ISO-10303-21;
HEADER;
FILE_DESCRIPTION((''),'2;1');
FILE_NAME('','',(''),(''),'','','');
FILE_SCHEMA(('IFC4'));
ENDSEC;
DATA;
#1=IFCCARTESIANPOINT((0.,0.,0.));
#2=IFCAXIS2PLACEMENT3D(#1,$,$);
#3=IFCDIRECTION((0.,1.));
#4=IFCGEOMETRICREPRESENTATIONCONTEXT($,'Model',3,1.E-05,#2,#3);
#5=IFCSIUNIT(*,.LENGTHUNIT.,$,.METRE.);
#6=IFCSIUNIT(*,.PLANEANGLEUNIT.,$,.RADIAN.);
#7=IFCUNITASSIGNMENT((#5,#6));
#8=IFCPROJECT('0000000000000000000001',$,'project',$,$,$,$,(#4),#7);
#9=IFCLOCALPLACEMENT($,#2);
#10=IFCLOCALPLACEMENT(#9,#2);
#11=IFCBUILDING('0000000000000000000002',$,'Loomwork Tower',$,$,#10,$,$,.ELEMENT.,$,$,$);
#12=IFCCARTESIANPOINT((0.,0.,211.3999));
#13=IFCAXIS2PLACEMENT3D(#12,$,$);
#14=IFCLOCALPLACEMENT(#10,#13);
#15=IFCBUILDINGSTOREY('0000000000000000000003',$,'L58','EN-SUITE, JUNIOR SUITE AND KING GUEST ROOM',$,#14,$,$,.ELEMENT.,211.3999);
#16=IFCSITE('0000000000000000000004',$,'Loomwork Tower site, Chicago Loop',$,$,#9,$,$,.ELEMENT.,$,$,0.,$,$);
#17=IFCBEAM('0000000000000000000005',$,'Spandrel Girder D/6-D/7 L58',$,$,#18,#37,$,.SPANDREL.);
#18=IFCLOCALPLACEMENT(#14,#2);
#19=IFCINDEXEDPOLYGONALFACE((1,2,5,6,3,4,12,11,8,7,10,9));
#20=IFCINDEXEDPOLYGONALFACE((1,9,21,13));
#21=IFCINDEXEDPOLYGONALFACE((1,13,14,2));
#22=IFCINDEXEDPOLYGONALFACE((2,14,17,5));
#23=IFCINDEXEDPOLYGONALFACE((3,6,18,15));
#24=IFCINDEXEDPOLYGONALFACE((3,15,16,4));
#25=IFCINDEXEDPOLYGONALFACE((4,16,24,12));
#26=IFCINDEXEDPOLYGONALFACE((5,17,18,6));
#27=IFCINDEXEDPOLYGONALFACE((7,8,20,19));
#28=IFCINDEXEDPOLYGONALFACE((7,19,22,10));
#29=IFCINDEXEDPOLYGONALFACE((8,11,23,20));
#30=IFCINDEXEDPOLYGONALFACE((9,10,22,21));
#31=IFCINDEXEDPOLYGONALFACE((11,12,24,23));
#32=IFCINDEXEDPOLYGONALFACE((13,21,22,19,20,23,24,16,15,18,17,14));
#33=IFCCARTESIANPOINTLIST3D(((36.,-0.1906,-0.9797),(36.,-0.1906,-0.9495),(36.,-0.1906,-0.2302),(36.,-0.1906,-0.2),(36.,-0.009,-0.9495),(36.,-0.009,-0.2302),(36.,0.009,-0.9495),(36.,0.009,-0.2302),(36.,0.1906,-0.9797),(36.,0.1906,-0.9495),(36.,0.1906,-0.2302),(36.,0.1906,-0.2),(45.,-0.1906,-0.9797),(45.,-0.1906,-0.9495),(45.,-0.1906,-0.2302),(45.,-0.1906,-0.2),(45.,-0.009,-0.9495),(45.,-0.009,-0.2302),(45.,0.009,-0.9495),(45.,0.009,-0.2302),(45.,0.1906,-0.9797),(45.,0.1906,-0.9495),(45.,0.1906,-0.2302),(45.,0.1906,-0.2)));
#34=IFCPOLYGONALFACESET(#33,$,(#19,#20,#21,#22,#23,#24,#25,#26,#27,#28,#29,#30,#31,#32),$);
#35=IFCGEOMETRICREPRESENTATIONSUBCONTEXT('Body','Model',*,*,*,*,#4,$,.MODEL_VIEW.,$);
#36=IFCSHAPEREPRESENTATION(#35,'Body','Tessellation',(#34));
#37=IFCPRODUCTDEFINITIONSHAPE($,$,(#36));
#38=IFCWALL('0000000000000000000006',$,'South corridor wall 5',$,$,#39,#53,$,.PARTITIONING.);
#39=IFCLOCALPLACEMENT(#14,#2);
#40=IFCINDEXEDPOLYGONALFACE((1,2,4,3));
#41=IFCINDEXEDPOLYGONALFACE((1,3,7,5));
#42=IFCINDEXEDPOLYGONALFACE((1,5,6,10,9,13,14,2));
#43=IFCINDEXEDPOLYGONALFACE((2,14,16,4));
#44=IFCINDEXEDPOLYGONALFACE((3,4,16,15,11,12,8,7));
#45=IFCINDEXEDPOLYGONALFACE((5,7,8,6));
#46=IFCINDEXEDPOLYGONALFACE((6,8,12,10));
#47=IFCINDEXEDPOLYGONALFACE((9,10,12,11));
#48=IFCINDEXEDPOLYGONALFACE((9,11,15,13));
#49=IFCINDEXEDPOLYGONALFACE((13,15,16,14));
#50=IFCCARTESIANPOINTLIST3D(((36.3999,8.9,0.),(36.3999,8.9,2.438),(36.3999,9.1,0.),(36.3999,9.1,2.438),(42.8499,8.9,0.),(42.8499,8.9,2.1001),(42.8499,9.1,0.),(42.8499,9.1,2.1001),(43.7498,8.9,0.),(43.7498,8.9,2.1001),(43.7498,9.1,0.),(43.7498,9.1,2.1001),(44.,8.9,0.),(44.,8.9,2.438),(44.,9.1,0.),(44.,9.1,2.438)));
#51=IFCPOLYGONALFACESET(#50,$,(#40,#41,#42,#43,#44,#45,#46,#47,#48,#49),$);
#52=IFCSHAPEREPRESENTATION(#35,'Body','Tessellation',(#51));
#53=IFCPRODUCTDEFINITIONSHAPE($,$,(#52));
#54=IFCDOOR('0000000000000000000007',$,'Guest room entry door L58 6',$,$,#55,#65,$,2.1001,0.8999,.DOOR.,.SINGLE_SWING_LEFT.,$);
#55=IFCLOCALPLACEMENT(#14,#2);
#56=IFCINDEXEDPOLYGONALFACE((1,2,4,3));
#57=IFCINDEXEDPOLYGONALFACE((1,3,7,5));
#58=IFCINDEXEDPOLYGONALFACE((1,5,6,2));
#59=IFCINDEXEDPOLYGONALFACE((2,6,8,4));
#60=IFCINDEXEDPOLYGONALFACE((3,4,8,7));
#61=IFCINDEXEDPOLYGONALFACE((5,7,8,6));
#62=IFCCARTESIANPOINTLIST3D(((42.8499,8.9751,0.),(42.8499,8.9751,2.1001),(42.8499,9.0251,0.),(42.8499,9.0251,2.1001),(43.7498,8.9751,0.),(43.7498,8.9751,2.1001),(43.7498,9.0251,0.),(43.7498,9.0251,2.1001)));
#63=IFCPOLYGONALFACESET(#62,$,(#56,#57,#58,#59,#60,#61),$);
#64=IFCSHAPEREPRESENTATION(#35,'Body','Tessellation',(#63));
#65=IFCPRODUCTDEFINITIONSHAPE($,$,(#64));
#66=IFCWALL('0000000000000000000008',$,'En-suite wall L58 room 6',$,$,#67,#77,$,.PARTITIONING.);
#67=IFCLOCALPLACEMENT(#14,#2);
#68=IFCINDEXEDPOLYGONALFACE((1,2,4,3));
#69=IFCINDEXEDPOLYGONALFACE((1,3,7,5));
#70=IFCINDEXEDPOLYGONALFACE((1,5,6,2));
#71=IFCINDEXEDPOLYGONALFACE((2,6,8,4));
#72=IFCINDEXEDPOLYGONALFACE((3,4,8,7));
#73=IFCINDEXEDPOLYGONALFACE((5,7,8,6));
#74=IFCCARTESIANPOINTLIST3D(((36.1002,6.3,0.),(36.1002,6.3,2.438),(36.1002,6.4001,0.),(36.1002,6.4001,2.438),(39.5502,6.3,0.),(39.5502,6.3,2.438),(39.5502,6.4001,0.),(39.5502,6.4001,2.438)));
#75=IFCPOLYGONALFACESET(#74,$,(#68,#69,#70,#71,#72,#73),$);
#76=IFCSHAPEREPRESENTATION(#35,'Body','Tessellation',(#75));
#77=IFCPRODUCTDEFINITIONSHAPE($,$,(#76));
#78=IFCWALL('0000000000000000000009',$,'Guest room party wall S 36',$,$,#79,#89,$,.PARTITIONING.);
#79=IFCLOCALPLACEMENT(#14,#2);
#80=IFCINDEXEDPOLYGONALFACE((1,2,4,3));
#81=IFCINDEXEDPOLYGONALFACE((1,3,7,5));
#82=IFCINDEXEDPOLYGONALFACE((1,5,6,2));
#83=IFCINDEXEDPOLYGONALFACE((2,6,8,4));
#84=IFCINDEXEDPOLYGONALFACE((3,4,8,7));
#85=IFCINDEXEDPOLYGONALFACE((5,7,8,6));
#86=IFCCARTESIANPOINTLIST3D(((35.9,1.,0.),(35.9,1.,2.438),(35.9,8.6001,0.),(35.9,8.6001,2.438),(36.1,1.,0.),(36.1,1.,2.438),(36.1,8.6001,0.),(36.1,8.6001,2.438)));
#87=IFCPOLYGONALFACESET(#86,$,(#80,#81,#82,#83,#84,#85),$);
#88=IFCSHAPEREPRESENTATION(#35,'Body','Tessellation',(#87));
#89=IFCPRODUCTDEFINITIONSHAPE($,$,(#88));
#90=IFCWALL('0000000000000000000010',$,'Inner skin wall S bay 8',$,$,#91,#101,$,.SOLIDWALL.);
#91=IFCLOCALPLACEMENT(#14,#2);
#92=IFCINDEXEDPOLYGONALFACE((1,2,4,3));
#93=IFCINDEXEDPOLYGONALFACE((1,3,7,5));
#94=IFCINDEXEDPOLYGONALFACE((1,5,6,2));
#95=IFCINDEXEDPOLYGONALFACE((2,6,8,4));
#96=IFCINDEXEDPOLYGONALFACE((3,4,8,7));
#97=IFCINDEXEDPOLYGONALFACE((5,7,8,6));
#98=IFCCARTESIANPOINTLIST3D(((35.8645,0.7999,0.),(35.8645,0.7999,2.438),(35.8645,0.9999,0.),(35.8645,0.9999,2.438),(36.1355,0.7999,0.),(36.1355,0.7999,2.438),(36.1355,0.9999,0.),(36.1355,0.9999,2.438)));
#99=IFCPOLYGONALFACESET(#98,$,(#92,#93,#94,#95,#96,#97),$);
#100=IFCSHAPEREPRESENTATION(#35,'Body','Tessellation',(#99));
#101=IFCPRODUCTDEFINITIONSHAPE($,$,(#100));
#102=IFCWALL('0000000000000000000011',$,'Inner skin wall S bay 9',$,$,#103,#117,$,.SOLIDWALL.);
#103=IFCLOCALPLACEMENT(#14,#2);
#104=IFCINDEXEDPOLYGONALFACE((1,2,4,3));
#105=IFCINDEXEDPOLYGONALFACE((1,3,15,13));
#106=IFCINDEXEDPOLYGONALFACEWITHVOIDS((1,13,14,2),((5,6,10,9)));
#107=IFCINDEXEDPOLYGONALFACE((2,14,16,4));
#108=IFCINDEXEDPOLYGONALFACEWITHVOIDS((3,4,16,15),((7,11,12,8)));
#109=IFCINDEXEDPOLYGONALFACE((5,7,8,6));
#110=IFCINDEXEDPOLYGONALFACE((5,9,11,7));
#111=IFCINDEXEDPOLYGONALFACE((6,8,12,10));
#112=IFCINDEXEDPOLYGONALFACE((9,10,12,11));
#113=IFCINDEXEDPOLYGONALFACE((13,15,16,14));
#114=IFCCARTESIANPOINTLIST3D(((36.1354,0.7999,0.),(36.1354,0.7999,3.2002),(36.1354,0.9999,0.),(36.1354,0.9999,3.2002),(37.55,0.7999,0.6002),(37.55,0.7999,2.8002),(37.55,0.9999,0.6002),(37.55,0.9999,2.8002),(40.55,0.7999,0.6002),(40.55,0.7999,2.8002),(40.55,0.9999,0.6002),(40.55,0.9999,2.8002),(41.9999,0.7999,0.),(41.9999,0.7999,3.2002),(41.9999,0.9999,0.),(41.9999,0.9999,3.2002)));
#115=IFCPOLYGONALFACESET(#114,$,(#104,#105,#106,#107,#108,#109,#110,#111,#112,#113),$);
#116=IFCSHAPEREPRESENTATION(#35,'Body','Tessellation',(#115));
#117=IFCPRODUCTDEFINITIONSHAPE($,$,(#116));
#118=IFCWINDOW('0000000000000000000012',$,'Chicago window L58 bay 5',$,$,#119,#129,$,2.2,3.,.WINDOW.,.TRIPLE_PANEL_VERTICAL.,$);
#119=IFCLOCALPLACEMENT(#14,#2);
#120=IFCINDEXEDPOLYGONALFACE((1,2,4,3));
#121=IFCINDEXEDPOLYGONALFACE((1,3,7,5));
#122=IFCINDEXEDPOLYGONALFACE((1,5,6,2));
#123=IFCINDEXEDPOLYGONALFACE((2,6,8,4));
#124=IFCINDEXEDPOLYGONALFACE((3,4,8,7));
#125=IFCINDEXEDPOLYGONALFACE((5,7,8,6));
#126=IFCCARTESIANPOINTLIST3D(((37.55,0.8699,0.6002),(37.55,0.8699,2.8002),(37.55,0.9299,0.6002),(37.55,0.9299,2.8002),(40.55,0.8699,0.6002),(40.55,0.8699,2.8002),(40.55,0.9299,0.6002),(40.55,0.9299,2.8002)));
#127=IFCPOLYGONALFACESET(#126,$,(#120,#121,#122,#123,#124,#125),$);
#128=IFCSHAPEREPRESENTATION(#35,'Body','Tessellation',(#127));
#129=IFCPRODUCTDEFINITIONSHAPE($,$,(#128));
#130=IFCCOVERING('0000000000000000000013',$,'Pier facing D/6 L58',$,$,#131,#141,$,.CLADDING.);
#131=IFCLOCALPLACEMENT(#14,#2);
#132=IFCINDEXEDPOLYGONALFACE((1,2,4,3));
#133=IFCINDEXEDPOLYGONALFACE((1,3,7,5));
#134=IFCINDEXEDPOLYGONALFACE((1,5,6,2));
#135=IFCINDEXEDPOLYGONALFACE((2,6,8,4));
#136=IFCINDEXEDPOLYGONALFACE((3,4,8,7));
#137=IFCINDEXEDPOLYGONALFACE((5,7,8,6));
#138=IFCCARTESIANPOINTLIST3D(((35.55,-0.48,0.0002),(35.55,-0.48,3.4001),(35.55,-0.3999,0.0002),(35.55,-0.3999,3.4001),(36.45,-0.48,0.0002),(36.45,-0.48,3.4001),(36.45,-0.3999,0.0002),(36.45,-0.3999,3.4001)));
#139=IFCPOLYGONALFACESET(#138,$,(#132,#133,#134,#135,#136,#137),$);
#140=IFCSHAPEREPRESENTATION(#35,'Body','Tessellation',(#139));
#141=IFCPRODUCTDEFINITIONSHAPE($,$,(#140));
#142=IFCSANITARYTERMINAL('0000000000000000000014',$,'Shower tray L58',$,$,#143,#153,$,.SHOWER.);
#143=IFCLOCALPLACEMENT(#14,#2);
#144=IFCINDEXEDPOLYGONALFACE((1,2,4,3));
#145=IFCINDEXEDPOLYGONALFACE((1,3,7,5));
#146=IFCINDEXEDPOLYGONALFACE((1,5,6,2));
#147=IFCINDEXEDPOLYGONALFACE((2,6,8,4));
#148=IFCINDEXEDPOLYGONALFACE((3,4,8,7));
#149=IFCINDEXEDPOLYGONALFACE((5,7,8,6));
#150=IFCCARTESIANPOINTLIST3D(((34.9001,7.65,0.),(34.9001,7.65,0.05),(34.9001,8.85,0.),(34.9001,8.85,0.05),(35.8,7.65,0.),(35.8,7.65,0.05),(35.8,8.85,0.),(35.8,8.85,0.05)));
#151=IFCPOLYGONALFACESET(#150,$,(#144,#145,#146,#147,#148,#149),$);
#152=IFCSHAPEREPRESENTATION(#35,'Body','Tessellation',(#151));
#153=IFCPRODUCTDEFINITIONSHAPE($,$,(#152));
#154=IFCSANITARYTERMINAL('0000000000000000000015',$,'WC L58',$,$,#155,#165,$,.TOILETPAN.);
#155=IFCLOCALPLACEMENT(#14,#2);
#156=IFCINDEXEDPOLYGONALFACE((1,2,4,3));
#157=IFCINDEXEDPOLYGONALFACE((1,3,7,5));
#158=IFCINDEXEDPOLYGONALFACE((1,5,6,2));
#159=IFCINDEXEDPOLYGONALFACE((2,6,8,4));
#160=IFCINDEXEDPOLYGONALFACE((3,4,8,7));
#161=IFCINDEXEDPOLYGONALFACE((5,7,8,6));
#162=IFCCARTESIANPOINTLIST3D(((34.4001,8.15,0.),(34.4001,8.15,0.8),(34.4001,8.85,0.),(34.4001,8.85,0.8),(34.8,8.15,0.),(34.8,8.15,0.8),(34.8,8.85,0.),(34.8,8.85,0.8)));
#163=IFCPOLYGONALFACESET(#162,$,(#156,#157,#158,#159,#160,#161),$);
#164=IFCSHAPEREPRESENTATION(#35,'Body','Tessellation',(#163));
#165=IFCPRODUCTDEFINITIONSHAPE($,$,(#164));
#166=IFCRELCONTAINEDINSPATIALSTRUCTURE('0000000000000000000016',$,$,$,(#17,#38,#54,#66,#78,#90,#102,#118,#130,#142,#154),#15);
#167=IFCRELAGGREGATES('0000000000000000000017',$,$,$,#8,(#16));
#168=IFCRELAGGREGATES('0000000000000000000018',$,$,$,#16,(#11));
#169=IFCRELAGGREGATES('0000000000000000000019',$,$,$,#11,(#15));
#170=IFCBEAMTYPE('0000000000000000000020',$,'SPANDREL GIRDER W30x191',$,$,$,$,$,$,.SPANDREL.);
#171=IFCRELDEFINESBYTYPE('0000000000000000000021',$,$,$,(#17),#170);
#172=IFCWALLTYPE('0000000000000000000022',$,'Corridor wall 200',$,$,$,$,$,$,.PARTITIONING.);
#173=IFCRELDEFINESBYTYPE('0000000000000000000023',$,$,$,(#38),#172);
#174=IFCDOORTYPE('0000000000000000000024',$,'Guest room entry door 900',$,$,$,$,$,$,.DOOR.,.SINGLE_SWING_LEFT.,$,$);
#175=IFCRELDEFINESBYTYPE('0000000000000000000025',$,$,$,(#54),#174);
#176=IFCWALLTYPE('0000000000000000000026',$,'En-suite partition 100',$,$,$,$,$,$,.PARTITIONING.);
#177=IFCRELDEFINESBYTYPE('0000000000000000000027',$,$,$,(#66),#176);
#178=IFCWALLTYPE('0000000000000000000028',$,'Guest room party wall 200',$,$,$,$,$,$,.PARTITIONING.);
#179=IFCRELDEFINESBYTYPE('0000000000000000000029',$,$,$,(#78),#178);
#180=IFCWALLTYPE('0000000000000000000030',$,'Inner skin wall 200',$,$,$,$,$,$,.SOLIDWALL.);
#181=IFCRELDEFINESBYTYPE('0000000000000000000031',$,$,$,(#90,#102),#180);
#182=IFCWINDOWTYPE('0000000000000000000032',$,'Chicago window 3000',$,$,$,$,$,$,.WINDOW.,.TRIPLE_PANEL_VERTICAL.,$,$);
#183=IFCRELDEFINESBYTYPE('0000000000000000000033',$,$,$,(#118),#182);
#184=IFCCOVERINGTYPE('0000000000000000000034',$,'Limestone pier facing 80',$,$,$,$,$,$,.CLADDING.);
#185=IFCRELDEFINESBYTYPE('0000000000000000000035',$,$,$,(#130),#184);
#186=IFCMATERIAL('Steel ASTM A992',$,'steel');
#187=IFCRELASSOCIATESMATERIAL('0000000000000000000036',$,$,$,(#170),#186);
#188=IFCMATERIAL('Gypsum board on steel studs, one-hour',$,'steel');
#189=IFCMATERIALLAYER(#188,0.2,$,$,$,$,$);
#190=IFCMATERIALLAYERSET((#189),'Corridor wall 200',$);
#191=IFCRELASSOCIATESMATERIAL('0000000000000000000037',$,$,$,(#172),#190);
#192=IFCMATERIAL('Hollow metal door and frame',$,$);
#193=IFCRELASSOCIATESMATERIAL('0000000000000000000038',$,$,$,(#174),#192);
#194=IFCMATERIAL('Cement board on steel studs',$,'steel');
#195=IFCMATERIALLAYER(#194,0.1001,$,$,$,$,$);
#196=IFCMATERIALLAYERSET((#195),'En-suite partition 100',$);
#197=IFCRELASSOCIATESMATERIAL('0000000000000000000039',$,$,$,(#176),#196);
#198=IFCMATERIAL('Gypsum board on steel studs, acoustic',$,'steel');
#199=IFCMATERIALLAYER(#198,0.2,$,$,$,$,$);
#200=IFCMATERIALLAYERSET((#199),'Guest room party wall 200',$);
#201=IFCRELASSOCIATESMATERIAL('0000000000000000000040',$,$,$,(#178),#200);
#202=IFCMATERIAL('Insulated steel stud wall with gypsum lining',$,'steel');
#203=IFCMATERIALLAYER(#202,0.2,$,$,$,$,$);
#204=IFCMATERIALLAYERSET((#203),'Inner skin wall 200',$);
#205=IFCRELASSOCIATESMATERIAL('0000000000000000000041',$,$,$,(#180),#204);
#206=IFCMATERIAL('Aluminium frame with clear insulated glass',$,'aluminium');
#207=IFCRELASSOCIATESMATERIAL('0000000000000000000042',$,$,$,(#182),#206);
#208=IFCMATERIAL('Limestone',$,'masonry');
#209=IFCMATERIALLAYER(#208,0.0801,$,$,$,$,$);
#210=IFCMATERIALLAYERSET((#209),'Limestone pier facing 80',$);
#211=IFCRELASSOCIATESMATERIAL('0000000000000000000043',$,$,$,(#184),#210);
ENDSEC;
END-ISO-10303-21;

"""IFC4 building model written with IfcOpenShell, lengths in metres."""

from ifc_helpers import new_model, si_unit, direction, frame, frame_2d, origin, origin_2d, place, context, subcontext, project, spatial, rectangle, i_section, extrude, material, layer, layer_set, material_profile, profile_set, type_object, element, fill, save


model = new_model("IFC4")

# Units and contexts
model_context = context("Model", 3, precision=1e-05, world=origin(), true_north=direction((0.0, 1.0)))
body_context = subcontext(model_context, "Body", "Model", "MODEL_VIEW")
ifc_project = project(units=[si_unit("LENGTHUNIT", "METRE"), si_unit("PLANEANGLEUNIT", "RADIAN")], contexts=[model_context])

# Site, building, storey
site_placement = place(None, origin())
site = spatial("IfcSite", under=ifc_project, at=site_placement, Name="Loomwork Tower site, Chicago Loop", CompositionType="ELEMENT", RefElevation=0.0)
building_placement = place(site_placement, origin())
building = spatial("IfcBuilding", under=site, at=building_placement, Name="Loomwork Tower", CompositionType="ELEMENT")
storey_placement = place(building_placement, frame((0.0, 0.0, 211.3999)))
storey = spatial("IfcBuildingStorey", under=building, at=storey_placement, Name="L58", Description="EN-SUITE, JUNIOR SUITE AND KING GUEST ROOM", CompositionType="ELEMENT", Elevation=211.3999)

# Beam
ifc_material_1 = material(Name="Steel ASTM A992", Category="steel")
ifc_material_profile_1 = material_profile(ifc_material_1, i_section(OverallWidth=0.3811, OverallDepth=0.7798, WebThickness=0.0181, FlangeThickness=0.0303, at=origin_2d()), Name="W30x191")
ifc_profile_set_1 = profile_set([ifc_material_profile_1], Name="Steel ASTM A992")
beam_type_1 = type_object("IfcBeamType", Name="SPANDREL GIRDER W30x191", PredefinedType="SPANDREL", material=ifc_profile_set_1)
beam_1_placement = place(storey_placement, frame((36.0, 0.0, -0.5898), z_axis=(1.0, 0.0, 0.0), x_axis=(0.0, 1.0, 0.0)))
element("IfcBeam", 1, at=beam_1_placement, inside=storey, type_object=beam_type_1, Name="Spandrel Girder D/6-D/7 L58", PredefinedType="SPANDREL", context=body_context, shape_type="SweptSolid", body=[
    extrude(i_section(OverallWidth=0.3811, OverallDepth=0.7798, WebThickness=0.0181, FlangeThickness=0.0303, at=origin_2d()), origin(), (0.0, 0.0, 1.0), 9.0),
])

# Wall, opening, door
ifc_material_2 = material(Name="Gypsum board on steel studs, one-hour", Category="steel")
ifc_layer_1 = layer(ifc_material_2, 0.2)
ifc_layer_set_1 = layer_set([ifc_layer_1], Name="Corridor wall 200")
wall_type_1 = type_object("IfcWallType", Name="Corridor wall 200", PredefinedType="PARTITIONING", material=ifc_layer_set_1)
wall_1_placement = place(storey_placement, frame((36.3999, 9.0, 0.0), z_axis=(0.0, 0.0, 1.0), x_axis=(1.0, 0.0, 0.0)))
wall_1 = element("IfcWall", 2, at=wall_1_placement, inside=storey, type_object=wall_type_1, Name="South corridor wall 5", PredefinedType="PARTITIONING", context=body_context, shape_type="SweptSolid", body=[
    extrude(rectangle(XDim=7.6001, YDim=0.2, at=frame_2d((3.8, 0.0))), origin(), (0.0, 0.0, 1.0), 2.438),
])
opening_1_placement = place(wall_1_placement, frame((6.45, 0.0, 0.0)))
opening_1 = element("IfcOpeningElement", 3, at=opening_1_placement, cuts=wall_1, PredefinedType="OPENING", context=body_context, shape_type="SweptSolid", body=[
    extrude(rectangle(XDim=0.8999, YDim=2.1001, at=frame_2d((0.45, 1.05))), frame((0.0, 0.1099, 0.0), z_axis=(0.0, -1.0, 0.0), x_axis=(1.0, 0.0, 0.0)), (0.0, 0.0, 1.0), 0.22),
])
ifc_material_3 = material(Name="Hollow metal door and frame")
door_type = type_object("IfcDoorType", Name="Guest room entry door 900", OperationType="SINGLE_SWING_LEFT", PredefinedType="DOOR", material=ifc_material_3)
door_placement = place(opening_1_placement, frame((0.8999, 0.0, 0.0), z_axis=(0.0, 0.0, 1.0), x_axis=(-1.0, 0.0, 0.0)))
door = element("IfcDoor", 4, at=door_placement, inside=storey, type_object=door_type, Name="Guest room entry door L58 6", OperationType="SINGLE_SWING_LEFT", OverallHeight=2.1001, OverallWidth=0.8999, PredefinedType="DOOR", context=body_context, shape_type="SweptSolid", body=[
    extrude(rectangle(XDim=0.8999, YDim=2.1001, at=frame_2d((0.45, 1.05))), frame((0.0, 0.0249, 0.0), z_axis=(0.0, -1.0, 0.0), x_axis=(1.0, 0.0, 0.0)), (0.0, 0.0, 1.0), 0.05),
])
fill(opening_1, door)

# Walls
ifc_material_4 = material(Name="Cement board on steel studs", Category="steel")
ifc_layer_2 = layer(ifc_material_4, 0.1001)
ifc_layer_set_2 = layer_set([ifc_layer_2], Name="En-suite partition 100")
wall_type_2 = type_object("IfcWallType", Name="En-suite partition 100", PredefinedType="PARTITIONING", material=ifc_layer_set_2)
wall_2_placement = place(storey_placement, frame((36.1001, 6.3501, 0.0), z_axis=(0.0, 0.0, 1.0), x_axis=(1.0, 0.0, 0.0)))
element("IfcWall", 5, at=wall_2_placement, inside=storey, type_object=wall_type_2, Name="En-suite wall L58 room 6", PredefinedType="PARTITIONING", context=body_context, shape_type="SweptSolid", body=[
    extrude(rectangle(XDim=3.45, YDim=0.1001, at=frame_2d((1.7251, 0.0))), origin(), (0.0, 0.0, 1.0), 2.438),
])
ifc_material_5 = material(Name="Gypsum board on steel studs, acoustic", Category="steel")
ifc_layer_3 = layer(ifc_material_5, 0.2)
ifc_layer_set_3 = layer_set([ifc_layer_3], Name="Guest room party wall 200")
wall_type_3 = type_object("IfcWallType", Name="Guest room party wall 200", PredefinedType="PARTITIONING", material=ifc_layer_set_3)
wall_3_placement = place(storey_placement, frame((36.0, 8.6001, 0.0), z_axis=(0.0, 0.0, 1.0), x_axis=(0.0, -1.0, 0.0)))
element("IfcWall", 6, at=wall_3_placement, inside=storey, type_object=wall_type_3, Name="Guest room party wall S 36", PredefinedType="PARTITIONING", context=body_context, shape_type="SweptSolid", body=[
    extrude(rectangle(XDim=7.6001, YDim=0.2, at=frame_2d((3.8, 0.0))), origin(), (0.0, 0.0, 1.0), 2.438),
])
ifc_material_6 = material(Name="Insulated steel stud wall with gypsum lining", Category="steel")
ifc_layer_4 = layer(ifc_material_6, 0.2)
ifc_layer_set_4 = layer_set([ifc_layer_4], Name="Inner skin wall 200")
wall_type_4 = type_object("IfcWallType", Name="Inner skin wall 200", PredefinedType="SOLIDWALL", material=ifc_layer_set_4)
wall_4_placement = place(storey_placement, frame((35.8645, 0.8999, 0.0), z_axis=(0.0, 0.0, 1.0), x_axis=(1.0, 0.0, 0.0)))
element("IfcWall", 7, at=wall_4_placement, inside=storey, type_object=wall_type_4, Name="Inner skin wall S bay 8", PredefinedType="SOLIDWALL", context=body_context, shape_type="SweptSolid", body=[
    extrude(rectangle(XDim=0.271, YDim=0.2, at=frame_2d((0.1355, 0.0))), origin(), (0.0, 0.0, 1.0), 2.438),
])

# Wall, opening, window
wall_5_placement = place(storey_placement, frame((36.1355, 0.8999, 0.0), z_axis=(0.0, 0.0, 1.0), x_axis=(1.0, 0.0, 0.0)))
wall_5 = element("IfcWall", 8, at=wall_5_placement, inside=storey, type_object=wall_type_4, Name="Inner skin wall S bay 9", PredefinedType="SOLIDWALL", context=body_context, shape_type="SweptSolid", body=[
    extrude(rectangle(XDim=5.8645, YDim=0.2, at=frame_2d((2.9321, 0.0))), origin(), (0.0, 0.0, 1.0), 3.2002),
])
opening_2_placement = place(wall_5_placement, frame((1.4146, 0.0, 0.6001)))
opening_2 = element("IfcOpeningElement", 9, at=opening_2_placement, cuts=wall_5, PredefinedType="OPENING", context=body_context, shape_type="SweptSolid", body=[
    extrude(rectangle(XDim=3.0, YDim=2.2, at=frame_2d((1.5, 1.1001))), frame((0.0, 0.1099, 0.0), z_axis=(0.0, -1.0, 0.0), x_axis=(1.0, 0.0, 0.0)), (0.0, 0.0, 1.0), 0.22),
])
ifc_material_7 = material(Name="Aluminium frame with clear insulated glass", Category="aluminium")
window_type = type_object("IfcWindowType", Name="Chicago window 3000", PartitioningType="TRIPLE_PANEL_VERTICAL", PredefinedType="WINDOW", material=ifc_material_7)
window_placement = place(opening_2_placement, origin())
window = element("IfcWindow", 10, at=window_placement, inside=storey, type_object=window_type, Name="Chicago window L58 bay 5", OverallHeight=2.2, OverallWidth=3.0, PartitioningType="TRIPLE_PANEL_VERTICAL", PredefinedType="WINDOW", context=body_context, shape_type="SweptSolid", body=[
    extrude(rectangle(XDim=3.0, YDim=2.2, at=frame_2d((1.5, 1.1001))), frame((0.0, 0.03, 0.0), z_axis=(0.0, -1.0, 0.0), x_axis=(1.0, 0.0, 0.0)), (0.0, 0.0, 1.0), 0.0601),
])
fill(opening_2, window)

# Covering
ifc_material_8 = material(Name="Limestone", Category="masonry")
ifc_layer_5 = layer(ifc_material_8, 0.0801)
ifc_layer_set_5 = layer_set([ifc_layer_5], Name="Limestone pier facing 80")
covering_type = type_object("IfcCoveringType", Name="Limestone pier facing 80", PredefinedType="CLADDING", material=ifc_layer_set_5)
covering_placement = place(storey_placement, frame((36.0, -0.4399, 0.0002), z_axis=(0.0, 0.0, 1.0), x_axis=(1.0, 0.0, 0.0)))
element("IfcCovering", 11, at=covering_placement, inside=storey, type_object=covering_type, Name="Pier facing D/6 L58", PredefinedType="CLADDING", context=body_context, shape_type="SweptSolid", body=[
    extrude(rectangle(XDim=0.8999, YDim=0.0801, at=origin_2d()), origin(), (0.0, 0.0, 1.0), 3.3999),
])

# Sanitary terminals
sanitary_terminal_1_placement = place(storey_placement, frame((35.3501, 8.25, 0.0), z_axis=(0.0, 0.0, 1.0), x_axis=(1.0, 0.0, 0.0)))
element("IfcSanitaryTerminal", 12, at=sanitary_terminal_1_placement, inside=storey, Name="Shower tray L58", PredefinedType="SHOWER", context=body_context, shape_type="SweptSolid", body=[
    extrude(rectangle(XDim=0.8999, YDim=1.2, at=origin_2d()), origin(), (0.0, 0.0, 1.0), 0.05),
])
sanitary_terminal_2_placement = place(storey_placement, frame((34.6001, 8.5, 0.0), z_axis=(0.0, 0.0, 1.0), x_axis=(1.0, 0.0, 0.0)))
element("IfcSanitaryTerminal", 13, at=sanitary_terminal_2_placement, inside=storey, Name="WC L58", PredefinedType="TOILETPAN", context=body_context, shape_type="SweptSolid", body=[
    extrude(rectangle(XDim=0.3999, YDim=0.7, at=origin_2d()), origin(), (0.0, 0.0, 1.0), 0.8),
])

save(model, "model.ifc")
